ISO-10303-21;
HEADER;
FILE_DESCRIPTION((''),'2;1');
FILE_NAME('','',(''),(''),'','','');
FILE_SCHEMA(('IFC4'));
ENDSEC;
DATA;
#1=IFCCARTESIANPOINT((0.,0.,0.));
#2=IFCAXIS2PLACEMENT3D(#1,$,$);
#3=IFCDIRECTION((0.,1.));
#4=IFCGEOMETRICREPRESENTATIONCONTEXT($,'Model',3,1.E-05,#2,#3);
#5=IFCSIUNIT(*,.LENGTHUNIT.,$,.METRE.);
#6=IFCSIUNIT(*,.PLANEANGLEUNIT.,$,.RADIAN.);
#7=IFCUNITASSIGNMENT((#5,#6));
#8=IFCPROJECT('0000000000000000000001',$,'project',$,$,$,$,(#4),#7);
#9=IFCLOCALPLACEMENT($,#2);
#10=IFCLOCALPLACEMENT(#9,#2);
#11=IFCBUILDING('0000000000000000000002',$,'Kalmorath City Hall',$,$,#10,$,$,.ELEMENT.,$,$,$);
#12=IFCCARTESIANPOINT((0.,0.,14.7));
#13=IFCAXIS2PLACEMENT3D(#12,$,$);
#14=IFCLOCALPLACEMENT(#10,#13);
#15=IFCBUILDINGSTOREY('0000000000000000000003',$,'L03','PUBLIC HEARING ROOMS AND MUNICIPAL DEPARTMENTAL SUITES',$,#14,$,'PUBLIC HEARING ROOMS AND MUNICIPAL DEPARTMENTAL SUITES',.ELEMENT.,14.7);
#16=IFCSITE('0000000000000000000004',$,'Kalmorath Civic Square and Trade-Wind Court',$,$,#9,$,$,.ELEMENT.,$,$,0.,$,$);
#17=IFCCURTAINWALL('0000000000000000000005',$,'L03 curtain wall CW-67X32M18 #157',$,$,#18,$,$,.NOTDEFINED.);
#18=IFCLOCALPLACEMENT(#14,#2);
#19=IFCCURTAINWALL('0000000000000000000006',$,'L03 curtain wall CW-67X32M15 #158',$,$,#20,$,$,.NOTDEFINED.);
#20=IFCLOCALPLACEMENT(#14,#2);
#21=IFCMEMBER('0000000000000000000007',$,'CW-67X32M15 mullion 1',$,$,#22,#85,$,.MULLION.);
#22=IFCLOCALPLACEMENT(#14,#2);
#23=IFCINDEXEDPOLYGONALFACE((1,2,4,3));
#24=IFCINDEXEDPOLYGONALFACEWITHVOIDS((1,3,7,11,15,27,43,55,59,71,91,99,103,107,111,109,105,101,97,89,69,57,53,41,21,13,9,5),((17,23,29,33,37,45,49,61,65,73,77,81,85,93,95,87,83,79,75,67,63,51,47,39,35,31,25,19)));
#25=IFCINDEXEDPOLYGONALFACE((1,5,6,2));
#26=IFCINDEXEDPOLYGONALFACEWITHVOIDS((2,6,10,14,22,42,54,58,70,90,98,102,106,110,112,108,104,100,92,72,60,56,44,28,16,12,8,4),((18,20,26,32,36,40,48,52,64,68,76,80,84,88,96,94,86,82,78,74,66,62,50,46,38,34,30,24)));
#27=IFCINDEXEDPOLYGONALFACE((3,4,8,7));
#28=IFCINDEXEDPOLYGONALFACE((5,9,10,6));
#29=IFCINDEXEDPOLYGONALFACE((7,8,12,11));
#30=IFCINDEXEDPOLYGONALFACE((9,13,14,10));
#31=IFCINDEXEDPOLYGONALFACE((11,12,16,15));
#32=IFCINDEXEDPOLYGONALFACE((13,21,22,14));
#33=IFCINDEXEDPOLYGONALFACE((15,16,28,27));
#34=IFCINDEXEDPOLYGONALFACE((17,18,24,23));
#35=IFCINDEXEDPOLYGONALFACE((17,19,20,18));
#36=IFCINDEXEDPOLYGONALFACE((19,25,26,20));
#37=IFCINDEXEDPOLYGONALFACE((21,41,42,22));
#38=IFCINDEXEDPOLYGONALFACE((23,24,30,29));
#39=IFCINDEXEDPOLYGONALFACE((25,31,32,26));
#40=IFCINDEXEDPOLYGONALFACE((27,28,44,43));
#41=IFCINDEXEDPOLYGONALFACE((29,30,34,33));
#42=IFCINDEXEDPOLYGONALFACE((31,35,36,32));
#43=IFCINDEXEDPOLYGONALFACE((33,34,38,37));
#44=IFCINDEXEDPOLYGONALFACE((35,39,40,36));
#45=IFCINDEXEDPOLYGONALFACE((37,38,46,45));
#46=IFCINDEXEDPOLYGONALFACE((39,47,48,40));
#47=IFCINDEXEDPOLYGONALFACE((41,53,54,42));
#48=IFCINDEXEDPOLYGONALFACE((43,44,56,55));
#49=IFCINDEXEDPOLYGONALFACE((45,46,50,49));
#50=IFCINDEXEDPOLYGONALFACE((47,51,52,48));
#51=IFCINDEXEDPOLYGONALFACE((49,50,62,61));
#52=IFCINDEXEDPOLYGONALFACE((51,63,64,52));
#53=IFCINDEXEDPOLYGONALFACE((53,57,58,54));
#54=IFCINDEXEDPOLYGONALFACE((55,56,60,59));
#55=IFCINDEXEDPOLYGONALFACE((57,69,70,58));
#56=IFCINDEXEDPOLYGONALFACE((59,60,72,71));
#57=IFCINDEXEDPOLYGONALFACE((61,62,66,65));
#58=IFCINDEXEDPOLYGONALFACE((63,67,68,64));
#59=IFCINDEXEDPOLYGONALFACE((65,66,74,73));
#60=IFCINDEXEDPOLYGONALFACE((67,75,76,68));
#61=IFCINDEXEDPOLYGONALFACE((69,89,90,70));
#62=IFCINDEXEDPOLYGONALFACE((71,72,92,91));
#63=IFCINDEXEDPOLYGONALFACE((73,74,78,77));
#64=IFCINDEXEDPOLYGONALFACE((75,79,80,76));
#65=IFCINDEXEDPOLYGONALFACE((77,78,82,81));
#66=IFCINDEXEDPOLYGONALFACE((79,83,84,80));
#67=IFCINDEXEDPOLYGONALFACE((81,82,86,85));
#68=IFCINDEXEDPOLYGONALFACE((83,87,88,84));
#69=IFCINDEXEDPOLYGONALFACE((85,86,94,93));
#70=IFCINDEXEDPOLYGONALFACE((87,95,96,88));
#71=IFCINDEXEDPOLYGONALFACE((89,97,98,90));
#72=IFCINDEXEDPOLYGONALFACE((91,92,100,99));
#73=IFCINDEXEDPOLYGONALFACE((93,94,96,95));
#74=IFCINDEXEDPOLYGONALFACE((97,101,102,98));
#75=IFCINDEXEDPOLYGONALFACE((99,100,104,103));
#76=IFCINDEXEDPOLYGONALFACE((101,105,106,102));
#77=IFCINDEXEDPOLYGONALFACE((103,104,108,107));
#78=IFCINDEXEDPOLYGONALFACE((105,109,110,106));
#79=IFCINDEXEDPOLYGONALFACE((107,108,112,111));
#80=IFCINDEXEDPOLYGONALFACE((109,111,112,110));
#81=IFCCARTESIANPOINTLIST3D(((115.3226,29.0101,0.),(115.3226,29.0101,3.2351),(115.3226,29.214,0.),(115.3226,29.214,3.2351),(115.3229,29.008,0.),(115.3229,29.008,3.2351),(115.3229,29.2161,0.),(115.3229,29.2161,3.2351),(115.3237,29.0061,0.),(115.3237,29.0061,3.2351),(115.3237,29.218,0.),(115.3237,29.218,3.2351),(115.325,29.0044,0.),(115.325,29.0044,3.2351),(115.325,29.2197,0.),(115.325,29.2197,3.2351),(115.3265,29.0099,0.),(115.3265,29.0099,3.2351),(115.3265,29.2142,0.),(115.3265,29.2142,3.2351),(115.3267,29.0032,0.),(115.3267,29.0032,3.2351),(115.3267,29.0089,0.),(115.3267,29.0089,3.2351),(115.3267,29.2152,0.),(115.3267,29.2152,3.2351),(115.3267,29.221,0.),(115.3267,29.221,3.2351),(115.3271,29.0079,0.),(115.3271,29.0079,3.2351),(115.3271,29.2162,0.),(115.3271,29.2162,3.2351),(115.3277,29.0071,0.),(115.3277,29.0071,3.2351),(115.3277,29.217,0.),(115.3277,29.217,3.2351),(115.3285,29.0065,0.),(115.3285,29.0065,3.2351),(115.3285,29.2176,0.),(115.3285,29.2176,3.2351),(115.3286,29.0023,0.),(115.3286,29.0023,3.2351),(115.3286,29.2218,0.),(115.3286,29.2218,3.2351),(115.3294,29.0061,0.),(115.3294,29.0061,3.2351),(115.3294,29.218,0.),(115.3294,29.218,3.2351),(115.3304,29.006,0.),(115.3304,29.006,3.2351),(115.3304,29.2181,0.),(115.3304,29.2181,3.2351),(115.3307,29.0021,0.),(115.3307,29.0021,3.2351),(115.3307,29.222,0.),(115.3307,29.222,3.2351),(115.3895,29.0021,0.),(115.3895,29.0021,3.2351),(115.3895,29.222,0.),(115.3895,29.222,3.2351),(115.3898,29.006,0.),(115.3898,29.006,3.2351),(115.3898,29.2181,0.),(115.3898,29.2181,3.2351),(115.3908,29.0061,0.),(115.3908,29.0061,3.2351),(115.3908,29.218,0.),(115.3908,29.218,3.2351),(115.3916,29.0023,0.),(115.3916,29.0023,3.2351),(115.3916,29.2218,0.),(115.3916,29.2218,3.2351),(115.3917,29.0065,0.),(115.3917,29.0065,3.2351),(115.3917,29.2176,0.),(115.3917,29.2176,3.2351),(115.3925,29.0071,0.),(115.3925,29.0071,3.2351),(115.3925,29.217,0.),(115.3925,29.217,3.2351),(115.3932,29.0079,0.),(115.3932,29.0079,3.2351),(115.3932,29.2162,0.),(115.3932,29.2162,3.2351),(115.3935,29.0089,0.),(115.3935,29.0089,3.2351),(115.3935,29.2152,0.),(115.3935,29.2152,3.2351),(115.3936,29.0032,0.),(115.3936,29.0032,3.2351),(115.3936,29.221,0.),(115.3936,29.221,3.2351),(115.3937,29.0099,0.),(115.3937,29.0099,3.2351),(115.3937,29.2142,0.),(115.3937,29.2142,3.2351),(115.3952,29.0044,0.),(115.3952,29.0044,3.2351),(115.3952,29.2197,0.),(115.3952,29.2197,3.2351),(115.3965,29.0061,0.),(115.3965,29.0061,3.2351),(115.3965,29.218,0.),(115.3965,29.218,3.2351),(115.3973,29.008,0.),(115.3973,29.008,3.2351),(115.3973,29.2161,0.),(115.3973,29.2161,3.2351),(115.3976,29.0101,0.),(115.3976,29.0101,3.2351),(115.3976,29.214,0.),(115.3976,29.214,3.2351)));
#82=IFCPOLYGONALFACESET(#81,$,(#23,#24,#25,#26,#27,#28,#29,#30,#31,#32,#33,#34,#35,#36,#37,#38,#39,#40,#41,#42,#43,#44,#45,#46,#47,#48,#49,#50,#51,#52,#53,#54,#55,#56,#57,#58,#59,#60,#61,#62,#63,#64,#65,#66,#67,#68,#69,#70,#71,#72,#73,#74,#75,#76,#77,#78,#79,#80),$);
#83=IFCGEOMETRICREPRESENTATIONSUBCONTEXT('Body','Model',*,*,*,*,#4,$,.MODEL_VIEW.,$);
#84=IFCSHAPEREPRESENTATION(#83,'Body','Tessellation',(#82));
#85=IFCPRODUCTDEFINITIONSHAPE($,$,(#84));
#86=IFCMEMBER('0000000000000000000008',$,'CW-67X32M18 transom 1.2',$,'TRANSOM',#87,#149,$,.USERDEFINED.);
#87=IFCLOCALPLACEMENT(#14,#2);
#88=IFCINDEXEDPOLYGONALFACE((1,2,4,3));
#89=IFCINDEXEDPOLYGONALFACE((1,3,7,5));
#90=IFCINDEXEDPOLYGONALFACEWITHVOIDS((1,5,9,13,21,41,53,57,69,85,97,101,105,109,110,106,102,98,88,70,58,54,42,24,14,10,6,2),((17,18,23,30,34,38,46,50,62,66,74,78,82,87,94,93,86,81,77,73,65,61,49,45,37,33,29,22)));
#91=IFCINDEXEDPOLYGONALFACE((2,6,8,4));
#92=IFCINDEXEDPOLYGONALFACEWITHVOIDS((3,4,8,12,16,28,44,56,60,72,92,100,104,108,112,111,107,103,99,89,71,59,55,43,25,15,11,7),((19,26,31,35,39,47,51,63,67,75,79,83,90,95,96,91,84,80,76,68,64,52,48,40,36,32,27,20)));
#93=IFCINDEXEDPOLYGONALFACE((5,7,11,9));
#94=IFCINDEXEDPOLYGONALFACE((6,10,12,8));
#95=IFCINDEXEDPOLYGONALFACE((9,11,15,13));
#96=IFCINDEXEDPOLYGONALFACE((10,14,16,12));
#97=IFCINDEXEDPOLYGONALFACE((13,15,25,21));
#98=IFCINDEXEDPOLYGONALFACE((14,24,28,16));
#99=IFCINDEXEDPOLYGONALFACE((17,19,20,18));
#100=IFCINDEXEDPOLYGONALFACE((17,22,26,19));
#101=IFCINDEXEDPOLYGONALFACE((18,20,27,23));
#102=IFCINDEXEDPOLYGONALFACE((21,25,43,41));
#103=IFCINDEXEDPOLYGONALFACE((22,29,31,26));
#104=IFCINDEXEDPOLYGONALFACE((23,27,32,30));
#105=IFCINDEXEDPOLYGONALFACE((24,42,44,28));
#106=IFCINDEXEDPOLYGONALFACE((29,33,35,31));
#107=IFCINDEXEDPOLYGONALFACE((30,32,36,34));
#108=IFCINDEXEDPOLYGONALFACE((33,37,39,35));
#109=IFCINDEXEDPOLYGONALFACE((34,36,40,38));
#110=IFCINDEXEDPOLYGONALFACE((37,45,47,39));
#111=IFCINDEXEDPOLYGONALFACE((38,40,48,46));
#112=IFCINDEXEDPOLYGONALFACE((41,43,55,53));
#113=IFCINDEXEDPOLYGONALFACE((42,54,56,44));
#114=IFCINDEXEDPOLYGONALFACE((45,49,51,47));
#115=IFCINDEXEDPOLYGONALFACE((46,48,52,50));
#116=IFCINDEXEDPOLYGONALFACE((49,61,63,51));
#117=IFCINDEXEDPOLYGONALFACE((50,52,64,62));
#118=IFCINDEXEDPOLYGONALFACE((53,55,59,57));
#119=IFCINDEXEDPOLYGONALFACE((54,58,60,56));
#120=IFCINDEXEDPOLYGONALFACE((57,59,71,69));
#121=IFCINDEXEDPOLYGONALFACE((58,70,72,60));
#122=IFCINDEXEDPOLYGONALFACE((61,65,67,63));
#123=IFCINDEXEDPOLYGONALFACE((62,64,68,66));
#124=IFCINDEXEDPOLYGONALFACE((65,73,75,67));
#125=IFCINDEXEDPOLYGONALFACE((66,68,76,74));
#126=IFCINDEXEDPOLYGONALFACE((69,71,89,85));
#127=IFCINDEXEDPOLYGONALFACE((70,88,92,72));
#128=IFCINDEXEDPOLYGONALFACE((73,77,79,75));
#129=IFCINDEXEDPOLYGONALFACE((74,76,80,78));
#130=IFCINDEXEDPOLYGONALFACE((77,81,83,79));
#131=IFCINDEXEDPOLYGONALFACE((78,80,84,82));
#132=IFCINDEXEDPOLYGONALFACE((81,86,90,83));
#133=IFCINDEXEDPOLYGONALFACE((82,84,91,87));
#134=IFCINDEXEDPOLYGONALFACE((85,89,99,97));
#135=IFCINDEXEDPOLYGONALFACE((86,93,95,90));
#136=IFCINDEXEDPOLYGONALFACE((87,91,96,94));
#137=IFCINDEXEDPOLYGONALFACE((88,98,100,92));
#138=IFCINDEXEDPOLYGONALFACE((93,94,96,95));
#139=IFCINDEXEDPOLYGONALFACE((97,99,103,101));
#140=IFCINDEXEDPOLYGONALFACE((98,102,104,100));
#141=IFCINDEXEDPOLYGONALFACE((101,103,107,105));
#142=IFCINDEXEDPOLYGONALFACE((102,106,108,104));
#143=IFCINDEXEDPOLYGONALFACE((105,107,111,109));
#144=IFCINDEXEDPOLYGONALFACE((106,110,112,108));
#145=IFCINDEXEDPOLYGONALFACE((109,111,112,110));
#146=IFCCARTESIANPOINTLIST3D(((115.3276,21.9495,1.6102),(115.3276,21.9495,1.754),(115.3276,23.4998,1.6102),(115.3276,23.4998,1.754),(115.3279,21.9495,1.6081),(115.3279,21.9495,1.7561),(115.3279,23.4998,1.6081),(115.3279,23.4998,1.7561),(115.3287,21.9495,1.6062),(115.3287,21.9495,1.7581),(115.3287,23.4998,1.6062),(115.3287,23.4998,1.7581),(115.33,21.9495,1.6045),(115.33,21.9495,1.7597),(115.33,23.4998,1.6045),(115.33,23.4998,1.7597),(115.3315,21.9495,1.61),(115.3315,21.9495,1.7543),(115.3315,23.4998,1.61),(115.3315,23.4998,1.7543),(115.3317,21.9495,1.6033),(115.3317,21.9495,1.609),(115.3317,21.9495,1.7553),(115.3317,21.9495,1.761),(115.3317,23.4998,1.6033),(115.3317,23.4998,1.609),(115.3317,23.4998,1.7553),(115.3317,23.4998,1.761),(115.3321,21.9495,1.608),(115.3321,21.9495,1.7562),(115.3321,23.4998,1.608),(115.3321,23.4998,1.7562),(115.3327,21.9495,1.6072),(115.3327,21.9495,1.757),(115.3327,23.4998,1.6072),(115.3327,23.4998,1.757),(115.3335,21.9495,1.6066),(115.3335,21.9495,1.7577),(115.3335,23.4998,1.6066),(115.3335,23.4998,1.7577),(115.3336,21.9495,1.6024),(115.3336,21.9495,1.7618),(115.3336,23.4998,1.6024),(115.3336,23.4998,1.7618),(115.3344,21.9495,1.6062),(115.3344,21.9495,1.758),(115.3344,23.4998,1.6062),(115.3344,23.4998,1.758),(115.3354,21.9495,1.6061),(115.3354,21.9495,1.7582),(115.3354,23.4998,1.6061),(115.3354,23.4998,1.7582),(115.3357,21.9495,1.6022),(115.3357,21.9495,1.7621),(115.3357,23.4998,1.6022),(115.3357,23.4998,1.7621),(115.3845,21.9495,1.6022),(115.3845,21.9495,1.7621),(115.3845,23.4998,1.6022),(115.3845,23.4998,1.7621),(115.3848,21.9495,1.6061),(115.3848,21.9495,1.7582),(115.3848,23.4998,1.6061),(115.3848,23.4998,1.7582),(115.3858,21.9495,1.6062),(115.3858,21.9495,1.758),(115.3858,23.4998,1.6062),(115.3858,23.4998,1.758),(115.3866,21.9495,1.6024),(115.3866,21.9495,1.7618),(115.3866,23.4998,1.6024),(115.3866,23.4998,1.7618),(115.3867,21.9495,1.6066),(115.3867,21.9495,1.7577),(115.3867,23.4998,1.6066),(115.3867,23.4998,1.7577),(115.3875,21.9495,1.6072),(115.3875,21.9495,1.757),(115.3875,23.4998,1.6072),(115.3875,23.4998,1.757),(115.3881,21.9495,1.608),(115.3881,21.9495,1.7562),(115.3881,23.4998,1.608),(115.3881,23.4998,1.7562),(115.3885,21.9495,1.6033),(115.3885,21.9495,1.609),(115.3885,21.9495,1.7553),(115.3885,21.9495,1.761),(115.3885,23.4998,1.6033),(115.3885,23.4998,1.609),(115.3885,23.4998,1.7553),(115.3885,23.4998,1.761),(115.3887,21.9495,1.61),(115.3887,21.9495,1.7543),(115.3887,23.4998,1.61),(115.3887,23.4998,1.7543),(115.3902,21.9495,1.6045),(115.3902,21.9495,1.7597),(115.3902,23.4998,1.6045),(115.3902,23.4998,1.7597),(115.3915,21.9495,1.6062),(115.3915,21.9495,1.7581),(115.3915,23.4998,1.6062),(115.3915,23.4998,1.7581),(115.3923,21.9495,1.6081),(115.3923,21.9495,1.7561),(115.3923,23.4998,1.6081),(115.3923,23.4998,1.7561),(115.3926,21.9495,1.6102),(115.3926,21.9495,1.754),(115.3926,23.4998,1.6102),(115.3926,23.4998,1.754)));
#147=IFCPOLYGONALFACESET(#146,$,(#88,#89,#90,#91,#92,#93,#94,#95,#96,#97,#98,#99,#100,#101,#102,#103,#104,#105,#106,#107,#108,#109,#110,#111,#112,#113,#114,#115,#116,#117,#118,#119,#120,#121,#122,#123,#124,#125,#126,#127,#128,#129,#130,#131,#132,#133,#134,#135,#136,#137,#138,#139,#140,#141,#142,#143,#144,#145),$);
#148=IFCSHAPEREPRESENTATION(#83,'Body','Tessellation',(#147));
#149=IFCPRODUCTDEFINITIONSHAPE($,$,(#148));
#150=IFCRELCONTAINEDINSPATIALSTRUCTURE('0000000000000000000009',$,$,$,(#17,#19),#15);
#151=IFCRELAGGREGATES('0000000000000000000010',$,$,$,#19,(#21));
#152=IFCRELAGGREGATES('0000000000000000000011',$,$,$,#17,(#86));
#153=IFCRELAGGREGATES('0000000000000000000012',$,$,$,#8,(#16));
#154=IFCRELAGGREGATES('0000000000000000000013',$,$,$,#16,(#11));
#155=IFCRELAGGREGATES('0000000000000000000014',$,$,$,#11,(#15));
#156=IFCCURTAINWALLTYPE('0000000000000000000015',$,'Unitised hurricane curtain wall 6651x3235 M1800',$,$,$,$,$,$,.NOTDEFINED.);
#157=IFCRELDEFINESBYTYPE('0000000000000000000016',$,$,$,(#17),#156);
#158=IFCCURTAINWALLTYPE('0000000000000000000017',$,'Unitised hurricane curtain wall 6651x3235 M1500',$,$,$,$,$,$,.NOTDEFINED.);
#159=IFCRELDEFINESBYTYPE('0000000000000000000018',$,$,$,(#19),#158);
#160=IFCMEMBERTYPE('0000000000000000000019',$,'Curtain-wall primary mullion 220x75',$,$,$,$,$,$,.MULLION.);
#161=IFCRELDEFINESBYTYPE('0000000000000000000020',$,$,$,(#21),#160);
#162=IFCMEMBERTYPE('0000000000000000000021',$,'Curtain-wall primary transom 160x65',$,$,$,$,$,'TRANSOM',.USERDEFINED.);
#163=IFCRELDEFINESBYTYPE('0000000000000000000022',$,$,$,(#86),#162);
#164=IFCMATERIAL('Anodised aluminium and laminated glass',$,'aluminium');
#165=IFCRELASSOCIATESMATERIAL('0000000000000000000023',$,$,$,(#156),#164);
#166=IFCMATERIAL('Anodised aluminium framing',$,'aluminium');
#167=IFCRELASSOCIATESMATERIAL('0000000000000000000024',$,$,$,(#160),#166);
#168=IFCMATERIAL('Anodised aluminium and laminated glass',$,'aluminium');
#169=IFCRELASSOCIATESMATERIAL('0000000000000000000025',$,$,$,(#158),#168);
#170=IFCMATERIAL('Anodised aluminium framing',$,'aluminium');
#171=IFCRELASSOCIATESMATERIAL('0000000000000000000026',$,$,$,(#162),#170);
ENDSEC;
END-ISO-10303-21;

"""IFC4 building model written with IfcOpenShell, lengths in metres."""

from ifc_helpers import new_model, si_unit, direction, frame, origin, origin_2d, place, context, subcontext, project, spatial, hollow_rectangle, extrude, material, material_profile, profile_set, type_object, element, aggregate, save


model = new_model("IFC4")

# Units and contexts
model_context = context("Model", 3, precision=1e-05, world=origin(), true_north=direction((0.0, 1.0)))
body_context = subcontext(model_context, "Body", "Model", "MODEL_VIEW")
ifc_project = project(units=[si_unit("LENGTHUNIT", "METRE"), si_unit("PLANEANGLEUNIT", "RADIAN")], contexts=[model_context])

# Site, building, storey
site_placement = place(None, origin())
site = spatial("IfcSite", under=ifc_project, at=site_placement, Name="Kalmorath Civic Square and Trade-Wind Court", CompositionType="ELEMENT", RefElevation=0.0)
building_placement = place(site_placement, origin())
building = spatial("IfcBuilding", under=site, at=building_placement, Name="Kalmorath City Hall", CompositionType="ELEMENT")
storey_placement = place(building_placement, frame((0.0, 0.0, 14.7)))
storey = spatial("IfcBuildingStorey", under=building, at=storey_placement, Name="L03", Description="PUBLIC HEARING ROOMS AND MUNICIPAL DEPARTMENTAL SUITES", LongName="PUBLIC HEARING ROOMS AND MUNICIPAL DEPARTMENTAL SUITES", CompositionType="ELEMENT", Elevation=14.7)

# Curtain wall
ifc_material_1 = material(Name="Anodised aluminium and laminated glass", Category="aluminium")
curtain_wall_type_1 = type_object("IfcCurtainWallType", Name="Unitised hurricane curtain wall 6651x3235 M1800", PredefinedType="NOTDEFINED", material=ifc_material_1)
curtain_wall_1_placement = place(storey_placement, origin())
curtain_wall_1 = element("IfcCurtainWall", 1, at=curtain_wall_1_placement, inside=storey, type_object=curtain_wall_type_1, Name="L03 curtain wall CW-67X32M18 #157", PredefinedType="NOTDEFINED")
ifc_material_2 = material(Name="Anodised aluminium framing", Category="aluminium")
ifc_material_profile_1 = material_profile(ifc_material_2, hollow_rectangle(XDim=0.075, YDim=0.22, WallThickness=0.0039, InnerFilletRadius=0.0039, OuterFilletRadius=0.0081, at=origin_2d()), Name="ALU-MUL-220X75X4")
ifc_profile_set_1 = profile_set([ifc_material_profile_1], Name="Anodised aluminium framing")
member_type_1 = type_object("IfcMemberType", Name="Curtain-wall primary mullion 220x75", PredefinedType="MULLION", material=ifc_profile_set_1)

# Curtain wall, member
ifc_material_3 = material(Name="Anodised aluminium and laminated glass", Category="aluminium")
curtain_wall_type_2 = type_object("IfcCurtainWallType", Name="Unitised hurricane curtain wall 6651x3235 M1500", PredefinedType="NOTDEFINED", material=ifc_material_3)
curtain_wall_2_placement = place(storey_placement, origin())
curtain_wall_2 = element("IfcCurtainWall", 2, at=curtain_wall_2_placement, inside=storey, type_object=curtain_wall_type_2, Name="L03 curtain wall CW-67X32M15 #158", PredefinedType="NOTDEFINED")
member_1_placement = place(storey_placement, frame((115.3601, 29.1121, 0.0), z_axis=(0.0, 0.0, 1.0), x_axis=(-1.0, 0.0, 0.0)))
member_1 = element("IfcMember", 3, at=member_1_placement, type_object=member_type_1, Name="CW-67X32M15 mullion 1", PredefinedType="MULLION", context=body_context, shape_type="SweptSolid", body=[
    extrude(hollow_rectangle(XDim=0.075, YDim=0.22, WallThickness=0.0039, InnerFilletRadius=0.0039, OuterFilletRadius=0.0081, at=origin_2d()), origin(), (0.0, 0.0, 1.0), 3.2351),
])
aggregate(curtain_wall_2, [member_1])

# Member
ifc_material_4 = material(Name="Anodised aluminium framing", Category="aluminium")
ifc_material_profile_2 = material_profile(ifc_material_4, hollow_rectangle(XDim=0.0649, YDim=0.1599, WallThickness=0.0039, InnerFilletRadius=0.0039, OuterFilletRadius=0.0081, at=origin_2d()), Name="ALU-TRN-160X65X4")
ifc_profile_set_2 = profile_set([ifc_material_profile_2], Name="Anodised aluminium framing")
member_type_2 = type_object("IfcMemberType", Name="Curtain-wall primary transom 160x65", ElementType="TRANSOM", PredefinedType="USERDEFINED", material=ifc_profile_set_2)
member_2_placement = place(storey_placement, frame((115.3601, 21.9495, 1.6821), z_axis=(0.0, 1.0, 0.0), x_axis=(-1.0, 0.0, 0.0)))
member_2 = element("IfcMember", 4, at=member_2_placement, type_object=member_type_2, Name="CW-67X32M18 transom 1.2", ObjectType="TRANSOM", PredefinedType="USERDEFINED", context=body_context, shape_type="SweptSolid", body=[
    extrude(hollow_rectangle(XDim=0.0649, YDim=0.1599, WallThickness=0.0039, InnerFilletRadius=0.0039, OuterFilletRadius=0.0081, at=origin_2d()), origin(), (0.0, 0.0, 1.0), 1.5503),
])

aggregate(curtain_wall_1, [member_2])

save(model, "model.ifc")
